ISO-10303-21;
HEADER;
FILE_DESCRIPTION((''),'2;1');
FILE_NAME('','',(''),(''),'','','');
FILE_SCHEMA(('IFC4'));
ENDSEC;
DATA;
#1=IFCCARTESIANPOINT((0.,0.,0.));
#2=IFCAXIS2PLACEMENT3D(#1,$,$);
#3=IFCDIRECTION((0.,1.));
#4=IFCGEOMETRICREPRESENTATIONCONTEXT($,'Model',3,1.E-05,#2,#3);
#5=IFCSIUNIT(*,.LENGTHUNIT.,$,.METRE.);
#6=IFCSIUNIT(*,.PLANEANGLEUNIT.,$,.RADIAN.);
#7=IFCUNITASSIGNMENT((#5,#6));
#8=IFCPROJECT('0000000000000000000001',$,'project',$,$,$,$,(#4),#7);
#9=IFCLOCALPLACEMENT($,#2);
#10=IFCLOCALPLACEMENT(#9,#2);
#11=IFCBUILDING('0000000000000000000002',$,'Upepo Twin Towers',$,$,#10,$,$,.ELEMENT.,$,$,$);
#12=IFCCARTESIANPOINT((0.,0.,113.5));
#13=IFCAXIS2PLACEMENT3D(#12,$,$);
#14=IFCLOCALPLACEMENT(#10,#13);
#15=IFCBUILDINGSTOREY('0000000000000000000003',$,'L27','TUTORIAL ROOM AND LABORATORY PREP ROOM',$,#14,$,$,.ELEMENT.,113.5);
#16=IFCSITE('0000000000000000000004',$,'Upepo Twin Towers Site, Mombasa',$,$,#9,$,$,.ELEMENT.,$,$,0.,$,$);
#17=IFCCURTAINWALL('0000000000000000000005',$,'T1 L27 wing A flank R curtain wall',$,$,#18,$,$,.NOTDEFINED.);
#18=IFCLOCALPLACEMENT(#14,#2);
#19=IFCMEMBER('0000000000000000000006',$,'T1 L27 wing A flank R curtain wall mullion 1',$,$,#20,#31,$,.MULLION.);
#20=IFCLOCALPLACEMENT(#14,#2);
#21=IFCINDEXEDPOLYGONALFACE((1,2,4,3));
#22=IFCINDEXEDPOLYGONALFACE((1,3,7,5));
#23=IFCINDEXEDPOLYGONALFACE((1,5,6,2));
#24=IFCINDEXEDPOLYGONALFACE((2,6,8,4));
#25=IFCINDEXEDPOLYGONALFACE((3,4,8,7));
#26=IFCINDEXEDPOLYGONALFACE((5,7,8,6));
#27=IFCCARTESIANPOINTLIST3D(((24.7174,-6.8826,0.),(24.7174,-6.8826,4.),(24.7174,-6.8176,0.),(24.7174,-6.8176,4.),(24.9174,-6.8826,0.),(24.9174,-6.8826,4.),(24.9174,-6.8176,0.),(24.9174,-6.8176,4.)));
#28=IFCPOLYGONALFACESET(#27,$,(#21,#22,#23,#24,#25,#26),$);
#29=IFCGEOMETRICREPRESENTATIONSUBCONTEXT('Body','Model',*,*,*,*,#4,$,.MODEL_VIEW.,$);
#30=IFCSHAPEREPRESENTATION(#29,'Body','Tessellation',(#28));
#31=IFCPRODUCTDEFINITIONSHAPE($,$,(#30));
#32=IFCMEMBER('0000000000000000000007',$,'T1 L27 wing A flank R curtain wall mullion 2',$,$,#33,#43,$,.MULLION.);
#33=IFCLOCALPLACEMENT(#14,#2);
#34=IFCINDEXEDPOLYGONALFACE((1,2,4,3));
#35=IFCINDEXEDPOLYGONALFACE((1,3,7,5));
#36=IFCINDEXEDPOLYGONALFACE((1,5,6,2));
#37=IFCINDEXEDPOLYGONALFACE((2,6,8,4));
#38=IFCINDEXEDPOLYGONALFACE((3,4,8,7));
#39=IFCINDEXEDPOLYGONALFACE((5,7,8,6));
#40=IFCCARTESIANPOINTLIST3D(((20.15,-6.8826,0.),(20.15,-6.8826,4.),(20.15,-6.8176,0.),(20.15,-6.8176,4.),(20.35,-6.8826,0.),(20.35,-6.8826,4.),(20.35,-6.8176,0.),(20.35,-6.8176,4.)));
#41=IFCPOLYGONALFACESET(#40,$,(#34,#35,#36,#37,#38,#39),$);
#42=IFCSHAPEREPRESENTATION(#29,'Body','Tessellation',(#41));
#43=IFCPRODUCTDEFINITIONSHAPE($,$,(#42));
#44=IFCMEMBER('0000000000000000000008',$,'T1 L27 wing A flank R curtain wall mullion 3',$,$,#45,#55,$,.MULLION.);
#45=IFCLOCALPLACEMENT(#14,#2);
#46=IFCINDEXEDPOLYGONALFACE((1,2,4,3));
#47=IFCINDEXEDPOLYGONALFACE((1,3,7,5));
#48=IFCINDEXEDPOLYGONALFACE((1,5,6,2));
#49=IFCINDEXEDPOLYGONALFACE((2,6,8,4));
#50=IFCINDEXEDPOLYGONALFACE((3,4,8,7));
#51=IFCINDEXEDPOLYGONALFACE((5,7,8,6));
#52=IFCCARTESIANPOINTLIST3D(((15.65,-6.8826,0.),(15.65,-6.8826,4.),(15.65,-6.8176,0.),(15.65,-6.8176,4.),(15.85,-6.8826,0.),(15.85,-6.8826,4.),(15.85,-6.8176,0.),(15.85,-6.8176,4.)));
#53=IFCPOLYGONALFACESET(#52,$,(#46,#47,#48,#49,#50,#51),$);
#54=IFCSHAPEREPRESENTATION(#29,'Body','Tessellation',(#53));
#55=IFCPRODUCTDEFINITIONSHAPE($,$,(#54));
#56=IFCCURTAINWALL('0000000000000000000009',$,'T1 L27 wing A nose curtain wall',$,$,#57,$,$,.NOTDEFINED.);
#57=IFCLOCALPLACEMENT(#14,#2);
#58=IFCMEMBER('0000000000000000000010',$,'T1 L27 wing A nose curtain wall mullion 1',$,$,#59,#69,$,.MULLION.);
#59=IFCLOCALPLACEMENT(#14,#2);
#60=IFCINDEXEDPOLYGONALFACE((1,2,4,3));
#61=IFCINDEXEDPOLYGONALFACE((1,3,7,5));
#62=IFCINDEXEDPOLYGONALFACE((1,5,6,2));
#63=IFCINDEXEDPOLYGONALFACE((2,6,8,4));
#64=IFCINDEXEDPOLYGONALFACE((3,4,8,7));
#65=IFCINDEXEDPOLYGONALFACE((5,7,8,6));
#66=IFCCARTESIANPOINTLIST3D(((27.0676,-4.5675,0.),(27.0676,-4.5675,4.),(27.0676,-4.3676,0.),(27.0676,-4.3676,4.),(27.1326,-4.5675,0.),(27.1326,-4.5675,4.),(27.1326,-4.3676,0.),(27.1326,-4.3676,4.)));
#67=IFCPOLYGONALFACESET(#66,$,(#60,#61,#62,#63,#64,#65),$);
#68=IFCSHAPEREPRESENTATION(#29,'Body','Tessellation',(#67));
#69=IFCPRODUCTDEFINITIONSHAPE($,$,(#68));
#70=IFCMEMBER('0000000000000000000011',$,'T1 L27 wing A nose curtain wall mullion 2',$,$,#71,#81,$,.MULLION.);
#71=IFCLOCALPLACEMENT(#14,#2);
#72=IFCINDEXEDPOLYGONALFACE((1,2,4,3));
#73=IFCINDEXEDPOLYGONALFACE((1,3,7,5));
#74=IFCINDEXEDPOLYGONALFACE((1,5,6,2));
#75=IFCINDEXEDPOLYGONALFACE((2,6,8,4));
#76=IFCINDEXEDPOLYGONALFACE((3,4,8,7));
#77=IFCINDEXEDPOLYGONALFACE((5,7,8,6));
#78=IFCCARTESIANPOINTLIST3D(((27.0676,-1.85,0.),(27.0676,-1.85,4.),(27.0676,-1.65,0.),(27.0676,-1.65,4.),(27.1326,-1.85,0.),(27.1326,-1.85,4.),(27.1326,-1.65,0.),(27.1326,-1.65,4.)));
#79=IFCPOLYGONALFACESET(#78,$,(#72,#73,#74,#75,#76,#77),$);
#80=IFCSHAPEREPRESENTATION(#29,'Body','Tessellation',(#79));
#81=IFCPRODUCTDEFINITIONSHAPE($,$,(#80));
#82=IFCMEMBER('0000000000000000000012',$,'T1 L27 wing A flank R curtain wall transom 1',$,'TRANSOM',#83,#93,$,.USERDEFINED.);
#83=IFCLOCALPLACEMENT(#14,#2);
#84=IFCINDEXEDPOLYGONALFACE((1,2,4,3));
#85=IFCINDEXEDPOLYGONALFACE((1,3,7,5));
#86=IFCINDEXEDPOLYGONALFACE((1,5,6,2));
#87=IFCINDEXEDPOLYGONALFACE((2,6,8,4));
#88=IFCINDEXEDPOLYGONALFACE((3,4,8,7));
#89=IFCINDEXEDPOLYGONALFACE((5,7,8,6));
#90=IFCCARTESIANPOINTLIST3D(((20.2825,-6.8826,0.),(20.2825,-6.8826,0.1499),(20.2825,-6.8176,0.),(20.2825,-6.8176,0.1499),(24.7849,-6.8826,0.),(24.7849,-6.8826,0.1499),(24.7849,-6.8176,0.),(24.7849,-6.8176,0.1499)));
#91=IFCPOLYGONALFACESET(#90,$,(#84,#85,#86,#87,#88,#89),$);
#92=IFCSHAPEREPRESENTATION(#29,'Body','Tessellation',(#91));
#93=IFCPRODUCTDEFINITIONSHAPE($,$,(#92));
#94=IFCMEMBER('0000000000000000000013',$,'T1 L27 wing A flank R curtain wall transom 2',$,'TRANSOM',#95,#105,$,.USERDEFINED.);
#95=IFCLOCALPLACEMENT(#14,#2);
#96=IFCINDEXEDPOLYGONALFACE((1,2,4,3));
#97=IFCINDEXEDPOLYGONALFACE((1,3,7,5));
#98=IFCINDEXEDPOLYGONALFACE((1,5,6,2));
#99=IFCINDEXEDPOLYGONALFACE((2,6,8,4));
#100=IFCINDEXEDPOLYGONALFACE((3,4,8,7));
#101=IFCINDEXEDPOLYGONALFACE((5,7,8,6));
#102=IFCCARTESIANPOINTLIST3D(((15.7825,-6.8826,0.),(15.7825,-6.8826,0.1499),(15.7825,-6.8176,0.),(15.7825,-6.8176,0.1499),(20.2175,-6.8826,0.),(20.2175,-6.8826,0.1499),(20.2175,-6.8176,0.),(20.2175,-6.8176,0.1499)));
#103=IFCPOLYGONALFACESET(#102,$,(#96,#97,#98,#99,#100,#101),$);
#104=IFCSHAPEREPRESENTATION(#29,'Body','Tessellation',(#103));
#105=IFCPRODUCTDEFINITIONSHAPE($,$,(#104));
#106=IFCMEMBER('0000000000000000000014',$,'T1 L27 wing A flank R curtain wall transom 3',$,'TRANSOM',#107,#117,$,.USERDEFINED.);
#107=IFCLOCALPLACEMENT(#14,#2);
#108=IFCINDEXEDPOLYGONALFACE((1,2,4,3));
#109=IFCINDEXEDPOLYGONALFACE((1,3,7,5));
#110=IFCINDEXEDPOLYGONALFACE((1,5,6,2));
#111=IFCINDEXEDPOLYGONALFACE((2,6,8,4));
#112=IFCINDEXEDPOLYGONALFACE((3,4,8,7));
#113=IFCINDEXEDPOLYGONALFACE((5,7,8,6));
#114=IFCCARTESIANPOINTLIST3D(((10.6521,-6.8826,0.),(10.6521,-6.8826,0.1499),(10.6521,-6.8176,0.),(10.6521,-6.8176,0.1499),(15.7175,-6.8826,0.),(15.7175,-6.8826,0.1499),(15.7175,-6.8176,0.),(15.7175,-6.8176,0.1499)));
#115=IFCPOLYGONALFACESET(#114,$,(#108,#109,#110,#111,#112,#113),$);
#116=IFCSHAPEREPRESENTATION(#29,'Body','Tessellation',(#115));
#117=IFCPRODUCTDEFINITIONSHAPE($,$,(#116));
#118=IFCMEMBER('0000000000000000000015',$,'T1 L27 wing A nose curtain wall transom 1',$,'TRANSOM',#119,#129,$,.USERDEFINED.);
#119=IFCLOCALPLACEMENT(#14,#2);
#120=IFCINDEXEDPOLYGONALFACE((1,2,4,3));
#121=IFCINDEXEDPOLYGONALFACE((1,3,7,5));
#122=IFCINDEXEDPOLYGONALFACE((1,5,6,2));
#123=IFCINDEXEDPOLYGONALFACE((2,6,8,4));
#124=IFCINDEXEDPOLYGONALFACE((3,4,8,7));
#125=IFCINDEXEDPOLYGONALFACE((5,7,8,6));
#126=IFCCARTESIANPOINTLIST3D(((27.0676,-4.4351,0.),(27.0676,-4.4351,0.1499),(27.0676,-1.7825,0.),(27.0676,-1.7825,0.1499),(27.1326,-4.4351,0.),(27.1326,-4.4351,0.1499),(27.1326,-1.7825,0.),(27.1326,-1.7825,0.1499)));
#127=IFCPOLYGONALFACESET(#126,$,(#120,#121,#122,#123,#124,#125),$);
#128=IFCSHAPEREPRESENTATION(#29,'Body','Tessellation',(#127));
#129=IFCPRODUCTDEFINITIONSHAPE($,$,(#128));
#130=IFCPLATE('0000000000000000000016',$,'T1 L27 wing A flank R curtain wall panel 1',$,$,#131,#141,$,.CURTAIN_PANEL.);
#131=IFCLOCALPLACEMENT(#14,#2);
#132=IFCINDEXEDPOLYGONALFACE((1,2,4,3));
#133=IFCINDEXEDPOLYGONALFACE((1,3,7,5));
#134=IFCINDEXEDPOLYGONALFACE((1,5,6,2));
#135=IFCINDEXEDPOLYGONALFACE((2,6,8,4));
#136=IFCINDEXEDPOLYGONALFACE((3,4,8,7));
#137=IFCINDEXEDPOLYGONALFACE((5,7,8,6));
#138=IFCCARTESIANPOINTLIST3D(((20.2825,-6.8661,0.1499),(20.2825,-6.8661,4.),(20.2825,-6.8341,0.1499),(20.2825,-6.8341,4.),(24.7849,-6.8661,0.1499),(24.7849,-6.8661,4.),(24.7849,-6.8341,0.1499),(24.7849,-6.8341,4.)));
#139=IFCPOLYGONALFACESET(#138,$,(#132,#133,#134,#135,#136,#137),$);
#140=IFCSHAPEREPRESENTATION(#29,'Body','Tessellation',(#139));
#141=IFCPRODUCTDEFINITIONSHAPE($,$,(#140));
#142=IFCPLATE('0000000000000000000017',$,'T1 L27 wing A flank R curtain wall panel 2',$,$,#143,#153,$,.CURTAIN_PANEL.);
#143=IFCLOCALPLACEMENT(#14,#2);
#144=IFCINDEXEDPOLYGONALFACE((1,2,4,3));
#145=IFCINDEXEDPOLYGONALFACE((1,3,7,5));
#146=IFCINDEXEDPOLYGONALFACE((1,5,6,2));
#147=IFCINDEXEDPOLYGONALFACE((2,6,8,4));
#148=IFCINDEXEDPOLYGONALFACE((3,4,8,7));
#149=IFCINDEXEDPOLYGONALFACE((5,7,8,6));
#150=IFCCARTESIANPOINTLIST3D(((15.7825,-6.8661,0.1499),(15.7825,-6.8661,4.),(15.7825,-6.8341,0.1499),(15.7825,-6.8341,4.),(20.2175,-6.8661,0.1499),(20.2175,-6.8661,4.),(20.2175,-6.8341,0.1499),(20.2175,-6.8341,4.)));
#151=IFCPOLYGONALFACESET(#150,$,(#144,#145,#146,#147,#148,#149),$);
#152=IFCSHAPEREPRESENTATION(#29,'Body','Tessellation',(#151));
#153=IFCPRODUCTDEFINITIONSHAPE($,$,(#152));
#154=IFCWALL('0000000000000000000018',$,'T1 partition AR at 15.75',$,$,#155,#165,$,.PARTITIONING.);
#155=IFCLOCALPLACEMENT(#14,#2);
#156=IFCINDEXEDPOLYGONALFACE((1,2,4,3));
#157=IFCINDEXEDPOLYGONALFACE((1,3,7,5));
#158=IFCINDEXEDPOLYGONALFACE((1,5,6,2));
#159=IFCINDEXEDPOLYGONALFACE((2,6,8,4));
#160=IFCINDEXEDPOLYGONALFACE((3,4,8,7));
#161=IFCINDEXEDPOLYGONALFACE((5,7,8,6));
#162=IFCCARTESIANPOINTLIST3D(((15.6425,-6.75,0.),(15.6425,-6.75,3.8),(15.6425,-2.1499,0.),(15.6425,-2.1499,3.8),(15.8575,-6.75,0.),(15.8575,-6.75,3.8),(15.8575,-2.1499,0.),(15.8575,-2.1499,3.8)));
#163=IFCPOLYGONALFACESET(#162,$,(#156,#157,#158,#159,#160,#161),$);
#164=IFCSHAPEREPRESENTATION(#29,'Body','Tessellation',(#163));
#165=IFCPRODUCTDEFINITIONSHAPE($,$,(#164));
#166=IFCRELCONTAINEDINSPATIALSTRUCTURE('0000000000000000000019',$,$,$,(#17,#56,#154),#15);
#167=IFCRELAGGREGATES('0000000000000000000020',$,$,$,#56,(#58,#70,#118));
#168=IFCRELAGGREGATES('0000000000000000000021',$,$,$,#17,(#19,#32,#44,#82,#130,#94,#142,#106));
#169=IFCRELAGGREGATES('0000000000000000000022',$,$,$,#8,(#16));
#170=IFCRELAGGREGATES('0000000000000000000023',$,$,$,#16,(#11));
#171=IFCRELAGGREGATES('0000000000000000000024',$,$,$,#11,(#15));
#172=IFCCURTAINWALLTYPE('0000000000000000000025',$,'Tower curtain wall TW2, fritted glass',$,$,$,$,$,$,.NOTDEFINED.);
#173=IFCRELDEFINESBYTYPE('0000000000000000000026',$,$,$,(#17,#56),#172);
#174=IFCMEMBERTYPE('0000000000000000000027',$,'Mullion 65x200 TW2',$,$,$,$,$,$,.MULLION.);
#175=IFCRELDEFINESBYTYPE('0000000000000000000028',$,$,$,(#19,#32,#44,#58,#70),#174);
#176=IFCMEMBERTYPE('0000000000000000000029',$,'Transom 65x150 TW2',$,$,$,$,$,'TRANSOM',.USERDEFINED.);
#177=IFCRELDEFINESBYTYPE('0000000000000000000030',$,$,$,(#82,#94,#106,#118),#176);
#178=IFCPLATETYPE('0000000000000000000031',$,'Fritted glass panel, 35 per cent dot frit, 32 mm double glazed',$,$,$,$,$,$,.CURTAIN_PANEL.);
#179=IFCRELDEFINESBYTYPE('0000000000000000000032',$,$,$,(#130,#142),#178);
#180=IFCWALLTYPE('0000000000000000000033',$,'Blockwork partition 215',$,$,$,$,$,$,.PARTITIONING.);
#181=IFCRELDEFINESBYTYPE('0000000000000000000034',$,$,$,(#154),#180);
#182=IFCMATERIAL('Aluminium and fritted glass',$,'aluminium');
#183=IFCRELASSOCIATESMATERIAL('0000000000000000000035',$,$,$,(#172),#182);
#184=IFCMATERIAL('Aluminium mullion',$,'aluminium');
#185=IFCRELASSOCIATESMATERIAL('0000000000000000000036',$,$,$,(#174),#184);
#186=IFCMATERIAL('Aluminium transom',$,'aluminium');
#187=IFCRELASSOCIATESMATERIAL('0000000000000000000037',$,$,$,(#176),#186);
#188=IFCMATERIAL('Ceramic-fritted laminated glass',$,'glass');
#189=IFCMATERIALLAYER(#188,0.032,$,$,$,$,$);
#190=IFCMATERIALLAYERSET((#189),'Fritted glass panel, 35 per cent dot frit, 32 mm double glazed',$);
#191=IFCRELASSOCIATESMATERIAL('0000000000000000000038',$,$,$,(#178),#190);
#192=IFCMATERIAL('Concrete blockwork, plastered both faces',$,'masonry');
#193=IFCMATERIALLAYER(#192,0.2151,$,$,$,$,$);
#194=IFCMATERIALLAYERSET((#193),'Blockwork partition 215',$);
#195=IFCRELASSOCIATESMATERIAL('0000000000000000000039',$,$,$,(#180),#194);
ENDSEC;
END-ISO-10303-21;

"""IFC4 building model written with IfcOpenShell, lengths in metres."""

from ifc_helpers import new_model, si_unit, direction, frame, frame_2d, origin, origin_2d, place, context, subcontext, project, spatial, rectangle, extrude, material, layer, layer_set, material_profile, profile_set, type_object, element, aggregate, save


model = new_model("IFC4")

# Units and contexts
model_context = context("Model", 3, precision=1e-05, world=origin(), true_north=direction((0.0, 1.0)))
body_context = subcontext(model_context, "Body", "Model", "MODEL_VIEW")
ifc_project = project(units=[si_unit("LENGTHUNIT", "METRE"), si_unit("PLANEANGLEUNIT", "RADIAN")], contexts=[model_context])

# Site, building, storey
site_placement = place(None, origin())
site = spatial("IfcSite", under=ifc_project, at=site_placement, Name="Upepo Twin Towers Site, Mombasa", CompositionType="ELEMENT", RefElevation=0.0)
building_placement = place(site_placement, origin())
building = spatial("IfcBuilding", under=site, at=building_placement, Name="Upepo Twin Towers", CompositionType="ELEMENT")
storey_placement = place(building_placement, frame((0.0, 0.0, 113.5)))
storey = spatial("IfcBuildingStorey", under=building, at=storey_placement, Name="L27", Description="TUTORIAL ROOM AND LABORATORY PREP ROOM", CompositionType="ELEMENT", Elevation=113.5)

# Curtain walls, members
ifc_material_1 = material(Name="Aluminium and fritted glass", Category="aluminium")
curtain_wall_type = type_object("IfcCurtainWallType", Name="Tower curtain wall TW2, fritted glass", PredefinedType="NOTDEFINED", material=ifc_material_1)
curtain_wall_1_placement = place(storey_placement, origin())
curtain_wall_1 = element("IfcCurtainWall", 1, at=curtain_wall_1_placement, inside=storey, type_object=curtain_wall_type, Name="T1 L27 wing A flank R curtain wall", PredefinedType="NOTDEFINED")
ifc_material_2 = material(Name="Aluminium mullion", Category="aluminium")
ifc_material_profile_1 = material_profile(ifc_material_2, rectangle(XDim=0.0649, YDim=0.2, at=origin_2d()), Name="MULLION 65x200")
ifc_profile_set_1 = profile_set([ifc_material_profile_1], Name="Aluminium mullion")
member_type_1 = type_object("IfcMemberType", Name="Mullion 65x200 TW2", PredefinedType="MULLION", material=ifc_profile_set_1)
member_1_placement = place(storey_placement, frame((24.8174, -6.8501, 0.0), z_axis=(0.0, 0.0, 1.0), x_axis=(0.0, -1.0, 0.0)))
member_1 = element("IfcMember", 2, at=member_1_placement, type_object=member_type_1, Name="T1 L27 wing A flank R curtain wall mullion 1", PredefinedType="MULLION", context=body_context, shape_type="SweptSolid", body=[
    extrude(rectangle(XDim=0.0649, YDim=0.2, at=origin_2d()), origin(), (0.0, 0.0, 1.0), 4.0),
])
member_2_placement = place(storey_placement, frame((20.25, -6.8501, 0.0), z_axis=(0.0, 0.0, 1.0), x_axis=(0.0, -1.0, 0.0)))
member_2 = element("IfcMember", 3, at=member_2_placement, type_object=member_type_1, Name="T1 L27 wing A flank R curtain wall mullion 2", PredefinedType="MULLION", context=body_context, shape_type="SweptSolid", body=[
    extrude(rectangle(XDim=0.0649, YDim=0.2, at=origin_2d()), origin(), (0.0, 0.0, 1.0), 4.0),
])
member_3_placement = place(storey_placement, frame((15.75, -6.8501, 0.0), z_axis=(0.0, 0.0, 1.0), x_axis=(0.0, -1.0, 0.0)))
member_3 = element("IfcMember", 4, at=member_3_placement, type_object=member_type_1, Name="T1 L27 wing A flank R curtain wall mullion 3", PredefinedType="MULLION", context=body_context, shape_type="SweptSolid", body=[
    extrude(rectangle(XDim=0.0649, YDim=0.2, at=origin_2d()), origin(), (0.0, 0.0, 1.0), 4.0),
])
curtain_wall_2_placement = place(storey_placement, origin())
curtain_wall_2 = element("IfcCurtainWall", 5, at=curtain_wall_2_placement, inside=storey, type_object=curtain_wall_type, Name="T1 L27 wing A nose curtain wall", PredefinedType="NOTDEFINED")
member_4_placement = place(storey_placement, frame((27.1001, -4.4675, 0.0), z_axis=(0.0, 0.0, 1.0), x_axis=(-1.0, 0.0, 0.0)))
member_4 = element("IfcMember", 6, at=member_4_placement, type_object=member_type_1, Name="T1 L27 wing A nose curtain wall mullion 1", PredefinedType="MULLION", context=body_context, shape_type="SweptSolid", body=[
    extrude(rectangle(XDim=0.0649, YDim=0.2, at=origin_2d()), origin(), (0.0, 0.0, 1.0), 4.0),
])
member_5_placement = place(storey_placement, frame((27.1001, -1.75, 0.0), z_axis=(0.0, 0.0, 1.0), x_axis=(-1.0, 0.0, 0.0)))
member_5 = element("IfcMember", 7, at=member_5_placement, type_object=member_type_1, Name="T1 L27 wing A nose curtain wall mullion 2", PredefinedType="MULLION", context=body_context, shape_type="SweptSolid", body=[
    extrude(rectangle(XDim=0.0649, YDim=0.2, at=origin_2d()), origin(), (0.0, 0.0, 1.0), 4.0),
])

# Members
ifc_material_3 = material(Name="Aluminium transom", Category="aluminium")
ifc_material_profile_2 = material_profile(ifc_material_3, rectangle(XDim=0.0649, YDim=0.1499, at=origin_2d()), Name="TRANSOM 65x150")
ifc_profile_set_2 = profile_set([ifc_material_profile_2], Name="Aluminium transom")
member_type_2 = type_object("IfcMemberType", Name="Transom 65x150 TW2", ElementType="TRANSOM", PredefinedType="USERDEFINED", material=ifc_profile_set_2)
member_6_placement = place(storey_placement, frame((24.7849, -6.8501, 0.075), z_axis=(-1.0, 0.0, 0.0), x_axis=(0.0, -1.0, 0.0)))
member_6 = element("IfcMember", 8, at=member_6_placement, type_object=member_type_2, Name="T1 L27 wing A flank R curtain wall transom 1", ObjectType="TRANSOM", PredefinedType="USERDEFINED", context=body_context, shape_type="SweptSolid", body=[
    extrude(rectangle(XDim=0.0649, YDim=0.1499, at=origin_2d()), origin(), (0.0, 0.0, 1.0), 4.5024),
])
member_7_placement = place(storey_placement, frame((20.2175, -6.8501, 0.075), z_axis=(-1.0, 0.0, 0.0), x_axis=(0.0, -1.0, 0.0)))
member_7 = element("IfcMember", 9, at=member_7_placement, type_object=member_type_2, Name="T1 L27 wing A flank R curtain wall transom 2", ObjectType="TRANSOM", PredefinedType="USERDEFINED", context=body_context, shape_type="SweptSolid", body=[
    extrude(rectangle(XDim=0.0649, YDim=0.1499, at=origin_2d()), origin(), (0.0, 0.0, 1.0), 4.4351),
])
member_8_placement = place(storey_placement, frame((15.7175, -6.8501, 0.075), z_axis=(-1.0, 0.0, 0.0), x_axis=(0.0, -1.0, 0.0)))
member_8 = element("IfcMember", 10, at=member_8_placement, type_object=member_type_2, Name="T1 L27 wing A flank R curtain wall transom 3", ObjectType="TRANSOM", PredefinedType="USERDEFINED", context=body_context, shape_type="SweptSolid", body=[
    extrude(rectangle(XDim=0.0649, YDim=0.1499, at=origin_2d()), origin(), (0.0, 0.0, 1.0), 5.0654),
])
member_9_placement = place(storey_placement, frame((27.1001, -4.4351, 0.075), z_axis=(0.0, 1.0, 0.0), x_axis=(-1.0, 0.0, 0.0)))
member_9 = element("IfcMember", 11, at=member_9_placement, type_object=member_type_2, Name="T1 L27 wing A nose curtain wall transom 1", ObjectType="TRANSOM", PredefinedType="USERDEFINED", context=body_context, shape_type="SweptSolid", body=[
    extrude(rectangle(XDim=0.0649, YDim=0.1499, at=origin_2d()), origin(), (0.0, 0.0, 1.0), 2.6526),
])
aggregate(curtain_wall_2, [member_4, member_5, member_9])

# Plates
ifc_material_4 = material(Name="Ceramic-fritted laminated glass", Category="glass")
ifc_layer_1 = layer(ifc_material_4, 0.032)
ifc_layer_set_1 = layer_set([ifc_layer_1], Name="Fritted glass panel, 35 per cent dot frit, 32 mm double glazed")
plate_type = type_object("IfcPlateType", Name="Fritted glass panel, 35 per cent dot frit, 32 mm double glazed", PredefinedType="CURTAIN_PANEL", material=ifc_layer_set_1)
plate_1_placement = place(storey_placement, frame((22.5337, -6.8501, 0.1499), z_axis=(0.0, 0.0, 1.0), x_axis=(-1.0, 0.0, 0.0)))
plate_1 = element("IfcPlate", 12, at=plate_1_placement, type_object=plate_type, Name="T1 L27 wing A flank R curtain wall panel 1", PredefinedType="CURTAIN_PANEL", context=body_context, shape_type="SweptSolid", body=[
    extrude(rectangle(XDim=4.5024, YDim=0.032, at=origin_2d()), origin(), (0.0, 0.0, 1.0), 3.8501),
])
plate_2_placement = place(storey_placement, frame((18.0, -6.8501, 0.1499), z_axis=(0.0, 0.0, 1.0), x_axis=(-1.0, 0.0, 0.0)))
plate_2 = element("IfcPlate", 13, at=plate_2_placement, type_object=plate_type, Name="T1 L27 wing A flank R curtain wall panel 2", PredefinedType="CURTAIN_PANEL", context=body_context, shape_type="SweptSolid", body=[
    extrude(rectangle(XDim=4.4351, YDim=0.032, at=origin_2d()), origin(), (0.0, 0.0, 1.0), 3.8501),
])
aggregate(curtain_wall_1, [member_1, member_2, member_3, member_6, plate_1, member_7, plate_2, member_8])

# Wall
ifc_material_5 = material(Name="Concrete blockwork, plastered both faces", Category="masonry")
ifc_layer_2 = layer(ifc_material_5, 0.2151)
ifc_layer_set_2 = layer_set([ifc_layer_2], Name="Blockwork partition 215")
wall_type_1 = type_object("IfcWallType", Name="Blockwork partition 215", PredefinedType="PARTITIONING", material=ifc_layer_set_2)
wall_1_placement = place(storey_placement, frame((15.75, -2.1499, 0.0), z_axis=(0.0, 0.0, 1.0), x_axis=(0.0, -1.0, 0.0)))
element("IfcWall", 14, at=wall_1_placement, inside=storey, type_object=wall_type_1, Name="T1 partition AR at 15.75", PredefinedType="PARTITIONING", context=body_context, shape_type="SweptSolid", body=[
    extrude(rectangle(XDim=4.6001, YDim=0.2151, at=frame_2d((2.3, 0.0))), origin(), (0.0, 0.0, 1.0), 3.8),
])

save(model, "model.ifc")
